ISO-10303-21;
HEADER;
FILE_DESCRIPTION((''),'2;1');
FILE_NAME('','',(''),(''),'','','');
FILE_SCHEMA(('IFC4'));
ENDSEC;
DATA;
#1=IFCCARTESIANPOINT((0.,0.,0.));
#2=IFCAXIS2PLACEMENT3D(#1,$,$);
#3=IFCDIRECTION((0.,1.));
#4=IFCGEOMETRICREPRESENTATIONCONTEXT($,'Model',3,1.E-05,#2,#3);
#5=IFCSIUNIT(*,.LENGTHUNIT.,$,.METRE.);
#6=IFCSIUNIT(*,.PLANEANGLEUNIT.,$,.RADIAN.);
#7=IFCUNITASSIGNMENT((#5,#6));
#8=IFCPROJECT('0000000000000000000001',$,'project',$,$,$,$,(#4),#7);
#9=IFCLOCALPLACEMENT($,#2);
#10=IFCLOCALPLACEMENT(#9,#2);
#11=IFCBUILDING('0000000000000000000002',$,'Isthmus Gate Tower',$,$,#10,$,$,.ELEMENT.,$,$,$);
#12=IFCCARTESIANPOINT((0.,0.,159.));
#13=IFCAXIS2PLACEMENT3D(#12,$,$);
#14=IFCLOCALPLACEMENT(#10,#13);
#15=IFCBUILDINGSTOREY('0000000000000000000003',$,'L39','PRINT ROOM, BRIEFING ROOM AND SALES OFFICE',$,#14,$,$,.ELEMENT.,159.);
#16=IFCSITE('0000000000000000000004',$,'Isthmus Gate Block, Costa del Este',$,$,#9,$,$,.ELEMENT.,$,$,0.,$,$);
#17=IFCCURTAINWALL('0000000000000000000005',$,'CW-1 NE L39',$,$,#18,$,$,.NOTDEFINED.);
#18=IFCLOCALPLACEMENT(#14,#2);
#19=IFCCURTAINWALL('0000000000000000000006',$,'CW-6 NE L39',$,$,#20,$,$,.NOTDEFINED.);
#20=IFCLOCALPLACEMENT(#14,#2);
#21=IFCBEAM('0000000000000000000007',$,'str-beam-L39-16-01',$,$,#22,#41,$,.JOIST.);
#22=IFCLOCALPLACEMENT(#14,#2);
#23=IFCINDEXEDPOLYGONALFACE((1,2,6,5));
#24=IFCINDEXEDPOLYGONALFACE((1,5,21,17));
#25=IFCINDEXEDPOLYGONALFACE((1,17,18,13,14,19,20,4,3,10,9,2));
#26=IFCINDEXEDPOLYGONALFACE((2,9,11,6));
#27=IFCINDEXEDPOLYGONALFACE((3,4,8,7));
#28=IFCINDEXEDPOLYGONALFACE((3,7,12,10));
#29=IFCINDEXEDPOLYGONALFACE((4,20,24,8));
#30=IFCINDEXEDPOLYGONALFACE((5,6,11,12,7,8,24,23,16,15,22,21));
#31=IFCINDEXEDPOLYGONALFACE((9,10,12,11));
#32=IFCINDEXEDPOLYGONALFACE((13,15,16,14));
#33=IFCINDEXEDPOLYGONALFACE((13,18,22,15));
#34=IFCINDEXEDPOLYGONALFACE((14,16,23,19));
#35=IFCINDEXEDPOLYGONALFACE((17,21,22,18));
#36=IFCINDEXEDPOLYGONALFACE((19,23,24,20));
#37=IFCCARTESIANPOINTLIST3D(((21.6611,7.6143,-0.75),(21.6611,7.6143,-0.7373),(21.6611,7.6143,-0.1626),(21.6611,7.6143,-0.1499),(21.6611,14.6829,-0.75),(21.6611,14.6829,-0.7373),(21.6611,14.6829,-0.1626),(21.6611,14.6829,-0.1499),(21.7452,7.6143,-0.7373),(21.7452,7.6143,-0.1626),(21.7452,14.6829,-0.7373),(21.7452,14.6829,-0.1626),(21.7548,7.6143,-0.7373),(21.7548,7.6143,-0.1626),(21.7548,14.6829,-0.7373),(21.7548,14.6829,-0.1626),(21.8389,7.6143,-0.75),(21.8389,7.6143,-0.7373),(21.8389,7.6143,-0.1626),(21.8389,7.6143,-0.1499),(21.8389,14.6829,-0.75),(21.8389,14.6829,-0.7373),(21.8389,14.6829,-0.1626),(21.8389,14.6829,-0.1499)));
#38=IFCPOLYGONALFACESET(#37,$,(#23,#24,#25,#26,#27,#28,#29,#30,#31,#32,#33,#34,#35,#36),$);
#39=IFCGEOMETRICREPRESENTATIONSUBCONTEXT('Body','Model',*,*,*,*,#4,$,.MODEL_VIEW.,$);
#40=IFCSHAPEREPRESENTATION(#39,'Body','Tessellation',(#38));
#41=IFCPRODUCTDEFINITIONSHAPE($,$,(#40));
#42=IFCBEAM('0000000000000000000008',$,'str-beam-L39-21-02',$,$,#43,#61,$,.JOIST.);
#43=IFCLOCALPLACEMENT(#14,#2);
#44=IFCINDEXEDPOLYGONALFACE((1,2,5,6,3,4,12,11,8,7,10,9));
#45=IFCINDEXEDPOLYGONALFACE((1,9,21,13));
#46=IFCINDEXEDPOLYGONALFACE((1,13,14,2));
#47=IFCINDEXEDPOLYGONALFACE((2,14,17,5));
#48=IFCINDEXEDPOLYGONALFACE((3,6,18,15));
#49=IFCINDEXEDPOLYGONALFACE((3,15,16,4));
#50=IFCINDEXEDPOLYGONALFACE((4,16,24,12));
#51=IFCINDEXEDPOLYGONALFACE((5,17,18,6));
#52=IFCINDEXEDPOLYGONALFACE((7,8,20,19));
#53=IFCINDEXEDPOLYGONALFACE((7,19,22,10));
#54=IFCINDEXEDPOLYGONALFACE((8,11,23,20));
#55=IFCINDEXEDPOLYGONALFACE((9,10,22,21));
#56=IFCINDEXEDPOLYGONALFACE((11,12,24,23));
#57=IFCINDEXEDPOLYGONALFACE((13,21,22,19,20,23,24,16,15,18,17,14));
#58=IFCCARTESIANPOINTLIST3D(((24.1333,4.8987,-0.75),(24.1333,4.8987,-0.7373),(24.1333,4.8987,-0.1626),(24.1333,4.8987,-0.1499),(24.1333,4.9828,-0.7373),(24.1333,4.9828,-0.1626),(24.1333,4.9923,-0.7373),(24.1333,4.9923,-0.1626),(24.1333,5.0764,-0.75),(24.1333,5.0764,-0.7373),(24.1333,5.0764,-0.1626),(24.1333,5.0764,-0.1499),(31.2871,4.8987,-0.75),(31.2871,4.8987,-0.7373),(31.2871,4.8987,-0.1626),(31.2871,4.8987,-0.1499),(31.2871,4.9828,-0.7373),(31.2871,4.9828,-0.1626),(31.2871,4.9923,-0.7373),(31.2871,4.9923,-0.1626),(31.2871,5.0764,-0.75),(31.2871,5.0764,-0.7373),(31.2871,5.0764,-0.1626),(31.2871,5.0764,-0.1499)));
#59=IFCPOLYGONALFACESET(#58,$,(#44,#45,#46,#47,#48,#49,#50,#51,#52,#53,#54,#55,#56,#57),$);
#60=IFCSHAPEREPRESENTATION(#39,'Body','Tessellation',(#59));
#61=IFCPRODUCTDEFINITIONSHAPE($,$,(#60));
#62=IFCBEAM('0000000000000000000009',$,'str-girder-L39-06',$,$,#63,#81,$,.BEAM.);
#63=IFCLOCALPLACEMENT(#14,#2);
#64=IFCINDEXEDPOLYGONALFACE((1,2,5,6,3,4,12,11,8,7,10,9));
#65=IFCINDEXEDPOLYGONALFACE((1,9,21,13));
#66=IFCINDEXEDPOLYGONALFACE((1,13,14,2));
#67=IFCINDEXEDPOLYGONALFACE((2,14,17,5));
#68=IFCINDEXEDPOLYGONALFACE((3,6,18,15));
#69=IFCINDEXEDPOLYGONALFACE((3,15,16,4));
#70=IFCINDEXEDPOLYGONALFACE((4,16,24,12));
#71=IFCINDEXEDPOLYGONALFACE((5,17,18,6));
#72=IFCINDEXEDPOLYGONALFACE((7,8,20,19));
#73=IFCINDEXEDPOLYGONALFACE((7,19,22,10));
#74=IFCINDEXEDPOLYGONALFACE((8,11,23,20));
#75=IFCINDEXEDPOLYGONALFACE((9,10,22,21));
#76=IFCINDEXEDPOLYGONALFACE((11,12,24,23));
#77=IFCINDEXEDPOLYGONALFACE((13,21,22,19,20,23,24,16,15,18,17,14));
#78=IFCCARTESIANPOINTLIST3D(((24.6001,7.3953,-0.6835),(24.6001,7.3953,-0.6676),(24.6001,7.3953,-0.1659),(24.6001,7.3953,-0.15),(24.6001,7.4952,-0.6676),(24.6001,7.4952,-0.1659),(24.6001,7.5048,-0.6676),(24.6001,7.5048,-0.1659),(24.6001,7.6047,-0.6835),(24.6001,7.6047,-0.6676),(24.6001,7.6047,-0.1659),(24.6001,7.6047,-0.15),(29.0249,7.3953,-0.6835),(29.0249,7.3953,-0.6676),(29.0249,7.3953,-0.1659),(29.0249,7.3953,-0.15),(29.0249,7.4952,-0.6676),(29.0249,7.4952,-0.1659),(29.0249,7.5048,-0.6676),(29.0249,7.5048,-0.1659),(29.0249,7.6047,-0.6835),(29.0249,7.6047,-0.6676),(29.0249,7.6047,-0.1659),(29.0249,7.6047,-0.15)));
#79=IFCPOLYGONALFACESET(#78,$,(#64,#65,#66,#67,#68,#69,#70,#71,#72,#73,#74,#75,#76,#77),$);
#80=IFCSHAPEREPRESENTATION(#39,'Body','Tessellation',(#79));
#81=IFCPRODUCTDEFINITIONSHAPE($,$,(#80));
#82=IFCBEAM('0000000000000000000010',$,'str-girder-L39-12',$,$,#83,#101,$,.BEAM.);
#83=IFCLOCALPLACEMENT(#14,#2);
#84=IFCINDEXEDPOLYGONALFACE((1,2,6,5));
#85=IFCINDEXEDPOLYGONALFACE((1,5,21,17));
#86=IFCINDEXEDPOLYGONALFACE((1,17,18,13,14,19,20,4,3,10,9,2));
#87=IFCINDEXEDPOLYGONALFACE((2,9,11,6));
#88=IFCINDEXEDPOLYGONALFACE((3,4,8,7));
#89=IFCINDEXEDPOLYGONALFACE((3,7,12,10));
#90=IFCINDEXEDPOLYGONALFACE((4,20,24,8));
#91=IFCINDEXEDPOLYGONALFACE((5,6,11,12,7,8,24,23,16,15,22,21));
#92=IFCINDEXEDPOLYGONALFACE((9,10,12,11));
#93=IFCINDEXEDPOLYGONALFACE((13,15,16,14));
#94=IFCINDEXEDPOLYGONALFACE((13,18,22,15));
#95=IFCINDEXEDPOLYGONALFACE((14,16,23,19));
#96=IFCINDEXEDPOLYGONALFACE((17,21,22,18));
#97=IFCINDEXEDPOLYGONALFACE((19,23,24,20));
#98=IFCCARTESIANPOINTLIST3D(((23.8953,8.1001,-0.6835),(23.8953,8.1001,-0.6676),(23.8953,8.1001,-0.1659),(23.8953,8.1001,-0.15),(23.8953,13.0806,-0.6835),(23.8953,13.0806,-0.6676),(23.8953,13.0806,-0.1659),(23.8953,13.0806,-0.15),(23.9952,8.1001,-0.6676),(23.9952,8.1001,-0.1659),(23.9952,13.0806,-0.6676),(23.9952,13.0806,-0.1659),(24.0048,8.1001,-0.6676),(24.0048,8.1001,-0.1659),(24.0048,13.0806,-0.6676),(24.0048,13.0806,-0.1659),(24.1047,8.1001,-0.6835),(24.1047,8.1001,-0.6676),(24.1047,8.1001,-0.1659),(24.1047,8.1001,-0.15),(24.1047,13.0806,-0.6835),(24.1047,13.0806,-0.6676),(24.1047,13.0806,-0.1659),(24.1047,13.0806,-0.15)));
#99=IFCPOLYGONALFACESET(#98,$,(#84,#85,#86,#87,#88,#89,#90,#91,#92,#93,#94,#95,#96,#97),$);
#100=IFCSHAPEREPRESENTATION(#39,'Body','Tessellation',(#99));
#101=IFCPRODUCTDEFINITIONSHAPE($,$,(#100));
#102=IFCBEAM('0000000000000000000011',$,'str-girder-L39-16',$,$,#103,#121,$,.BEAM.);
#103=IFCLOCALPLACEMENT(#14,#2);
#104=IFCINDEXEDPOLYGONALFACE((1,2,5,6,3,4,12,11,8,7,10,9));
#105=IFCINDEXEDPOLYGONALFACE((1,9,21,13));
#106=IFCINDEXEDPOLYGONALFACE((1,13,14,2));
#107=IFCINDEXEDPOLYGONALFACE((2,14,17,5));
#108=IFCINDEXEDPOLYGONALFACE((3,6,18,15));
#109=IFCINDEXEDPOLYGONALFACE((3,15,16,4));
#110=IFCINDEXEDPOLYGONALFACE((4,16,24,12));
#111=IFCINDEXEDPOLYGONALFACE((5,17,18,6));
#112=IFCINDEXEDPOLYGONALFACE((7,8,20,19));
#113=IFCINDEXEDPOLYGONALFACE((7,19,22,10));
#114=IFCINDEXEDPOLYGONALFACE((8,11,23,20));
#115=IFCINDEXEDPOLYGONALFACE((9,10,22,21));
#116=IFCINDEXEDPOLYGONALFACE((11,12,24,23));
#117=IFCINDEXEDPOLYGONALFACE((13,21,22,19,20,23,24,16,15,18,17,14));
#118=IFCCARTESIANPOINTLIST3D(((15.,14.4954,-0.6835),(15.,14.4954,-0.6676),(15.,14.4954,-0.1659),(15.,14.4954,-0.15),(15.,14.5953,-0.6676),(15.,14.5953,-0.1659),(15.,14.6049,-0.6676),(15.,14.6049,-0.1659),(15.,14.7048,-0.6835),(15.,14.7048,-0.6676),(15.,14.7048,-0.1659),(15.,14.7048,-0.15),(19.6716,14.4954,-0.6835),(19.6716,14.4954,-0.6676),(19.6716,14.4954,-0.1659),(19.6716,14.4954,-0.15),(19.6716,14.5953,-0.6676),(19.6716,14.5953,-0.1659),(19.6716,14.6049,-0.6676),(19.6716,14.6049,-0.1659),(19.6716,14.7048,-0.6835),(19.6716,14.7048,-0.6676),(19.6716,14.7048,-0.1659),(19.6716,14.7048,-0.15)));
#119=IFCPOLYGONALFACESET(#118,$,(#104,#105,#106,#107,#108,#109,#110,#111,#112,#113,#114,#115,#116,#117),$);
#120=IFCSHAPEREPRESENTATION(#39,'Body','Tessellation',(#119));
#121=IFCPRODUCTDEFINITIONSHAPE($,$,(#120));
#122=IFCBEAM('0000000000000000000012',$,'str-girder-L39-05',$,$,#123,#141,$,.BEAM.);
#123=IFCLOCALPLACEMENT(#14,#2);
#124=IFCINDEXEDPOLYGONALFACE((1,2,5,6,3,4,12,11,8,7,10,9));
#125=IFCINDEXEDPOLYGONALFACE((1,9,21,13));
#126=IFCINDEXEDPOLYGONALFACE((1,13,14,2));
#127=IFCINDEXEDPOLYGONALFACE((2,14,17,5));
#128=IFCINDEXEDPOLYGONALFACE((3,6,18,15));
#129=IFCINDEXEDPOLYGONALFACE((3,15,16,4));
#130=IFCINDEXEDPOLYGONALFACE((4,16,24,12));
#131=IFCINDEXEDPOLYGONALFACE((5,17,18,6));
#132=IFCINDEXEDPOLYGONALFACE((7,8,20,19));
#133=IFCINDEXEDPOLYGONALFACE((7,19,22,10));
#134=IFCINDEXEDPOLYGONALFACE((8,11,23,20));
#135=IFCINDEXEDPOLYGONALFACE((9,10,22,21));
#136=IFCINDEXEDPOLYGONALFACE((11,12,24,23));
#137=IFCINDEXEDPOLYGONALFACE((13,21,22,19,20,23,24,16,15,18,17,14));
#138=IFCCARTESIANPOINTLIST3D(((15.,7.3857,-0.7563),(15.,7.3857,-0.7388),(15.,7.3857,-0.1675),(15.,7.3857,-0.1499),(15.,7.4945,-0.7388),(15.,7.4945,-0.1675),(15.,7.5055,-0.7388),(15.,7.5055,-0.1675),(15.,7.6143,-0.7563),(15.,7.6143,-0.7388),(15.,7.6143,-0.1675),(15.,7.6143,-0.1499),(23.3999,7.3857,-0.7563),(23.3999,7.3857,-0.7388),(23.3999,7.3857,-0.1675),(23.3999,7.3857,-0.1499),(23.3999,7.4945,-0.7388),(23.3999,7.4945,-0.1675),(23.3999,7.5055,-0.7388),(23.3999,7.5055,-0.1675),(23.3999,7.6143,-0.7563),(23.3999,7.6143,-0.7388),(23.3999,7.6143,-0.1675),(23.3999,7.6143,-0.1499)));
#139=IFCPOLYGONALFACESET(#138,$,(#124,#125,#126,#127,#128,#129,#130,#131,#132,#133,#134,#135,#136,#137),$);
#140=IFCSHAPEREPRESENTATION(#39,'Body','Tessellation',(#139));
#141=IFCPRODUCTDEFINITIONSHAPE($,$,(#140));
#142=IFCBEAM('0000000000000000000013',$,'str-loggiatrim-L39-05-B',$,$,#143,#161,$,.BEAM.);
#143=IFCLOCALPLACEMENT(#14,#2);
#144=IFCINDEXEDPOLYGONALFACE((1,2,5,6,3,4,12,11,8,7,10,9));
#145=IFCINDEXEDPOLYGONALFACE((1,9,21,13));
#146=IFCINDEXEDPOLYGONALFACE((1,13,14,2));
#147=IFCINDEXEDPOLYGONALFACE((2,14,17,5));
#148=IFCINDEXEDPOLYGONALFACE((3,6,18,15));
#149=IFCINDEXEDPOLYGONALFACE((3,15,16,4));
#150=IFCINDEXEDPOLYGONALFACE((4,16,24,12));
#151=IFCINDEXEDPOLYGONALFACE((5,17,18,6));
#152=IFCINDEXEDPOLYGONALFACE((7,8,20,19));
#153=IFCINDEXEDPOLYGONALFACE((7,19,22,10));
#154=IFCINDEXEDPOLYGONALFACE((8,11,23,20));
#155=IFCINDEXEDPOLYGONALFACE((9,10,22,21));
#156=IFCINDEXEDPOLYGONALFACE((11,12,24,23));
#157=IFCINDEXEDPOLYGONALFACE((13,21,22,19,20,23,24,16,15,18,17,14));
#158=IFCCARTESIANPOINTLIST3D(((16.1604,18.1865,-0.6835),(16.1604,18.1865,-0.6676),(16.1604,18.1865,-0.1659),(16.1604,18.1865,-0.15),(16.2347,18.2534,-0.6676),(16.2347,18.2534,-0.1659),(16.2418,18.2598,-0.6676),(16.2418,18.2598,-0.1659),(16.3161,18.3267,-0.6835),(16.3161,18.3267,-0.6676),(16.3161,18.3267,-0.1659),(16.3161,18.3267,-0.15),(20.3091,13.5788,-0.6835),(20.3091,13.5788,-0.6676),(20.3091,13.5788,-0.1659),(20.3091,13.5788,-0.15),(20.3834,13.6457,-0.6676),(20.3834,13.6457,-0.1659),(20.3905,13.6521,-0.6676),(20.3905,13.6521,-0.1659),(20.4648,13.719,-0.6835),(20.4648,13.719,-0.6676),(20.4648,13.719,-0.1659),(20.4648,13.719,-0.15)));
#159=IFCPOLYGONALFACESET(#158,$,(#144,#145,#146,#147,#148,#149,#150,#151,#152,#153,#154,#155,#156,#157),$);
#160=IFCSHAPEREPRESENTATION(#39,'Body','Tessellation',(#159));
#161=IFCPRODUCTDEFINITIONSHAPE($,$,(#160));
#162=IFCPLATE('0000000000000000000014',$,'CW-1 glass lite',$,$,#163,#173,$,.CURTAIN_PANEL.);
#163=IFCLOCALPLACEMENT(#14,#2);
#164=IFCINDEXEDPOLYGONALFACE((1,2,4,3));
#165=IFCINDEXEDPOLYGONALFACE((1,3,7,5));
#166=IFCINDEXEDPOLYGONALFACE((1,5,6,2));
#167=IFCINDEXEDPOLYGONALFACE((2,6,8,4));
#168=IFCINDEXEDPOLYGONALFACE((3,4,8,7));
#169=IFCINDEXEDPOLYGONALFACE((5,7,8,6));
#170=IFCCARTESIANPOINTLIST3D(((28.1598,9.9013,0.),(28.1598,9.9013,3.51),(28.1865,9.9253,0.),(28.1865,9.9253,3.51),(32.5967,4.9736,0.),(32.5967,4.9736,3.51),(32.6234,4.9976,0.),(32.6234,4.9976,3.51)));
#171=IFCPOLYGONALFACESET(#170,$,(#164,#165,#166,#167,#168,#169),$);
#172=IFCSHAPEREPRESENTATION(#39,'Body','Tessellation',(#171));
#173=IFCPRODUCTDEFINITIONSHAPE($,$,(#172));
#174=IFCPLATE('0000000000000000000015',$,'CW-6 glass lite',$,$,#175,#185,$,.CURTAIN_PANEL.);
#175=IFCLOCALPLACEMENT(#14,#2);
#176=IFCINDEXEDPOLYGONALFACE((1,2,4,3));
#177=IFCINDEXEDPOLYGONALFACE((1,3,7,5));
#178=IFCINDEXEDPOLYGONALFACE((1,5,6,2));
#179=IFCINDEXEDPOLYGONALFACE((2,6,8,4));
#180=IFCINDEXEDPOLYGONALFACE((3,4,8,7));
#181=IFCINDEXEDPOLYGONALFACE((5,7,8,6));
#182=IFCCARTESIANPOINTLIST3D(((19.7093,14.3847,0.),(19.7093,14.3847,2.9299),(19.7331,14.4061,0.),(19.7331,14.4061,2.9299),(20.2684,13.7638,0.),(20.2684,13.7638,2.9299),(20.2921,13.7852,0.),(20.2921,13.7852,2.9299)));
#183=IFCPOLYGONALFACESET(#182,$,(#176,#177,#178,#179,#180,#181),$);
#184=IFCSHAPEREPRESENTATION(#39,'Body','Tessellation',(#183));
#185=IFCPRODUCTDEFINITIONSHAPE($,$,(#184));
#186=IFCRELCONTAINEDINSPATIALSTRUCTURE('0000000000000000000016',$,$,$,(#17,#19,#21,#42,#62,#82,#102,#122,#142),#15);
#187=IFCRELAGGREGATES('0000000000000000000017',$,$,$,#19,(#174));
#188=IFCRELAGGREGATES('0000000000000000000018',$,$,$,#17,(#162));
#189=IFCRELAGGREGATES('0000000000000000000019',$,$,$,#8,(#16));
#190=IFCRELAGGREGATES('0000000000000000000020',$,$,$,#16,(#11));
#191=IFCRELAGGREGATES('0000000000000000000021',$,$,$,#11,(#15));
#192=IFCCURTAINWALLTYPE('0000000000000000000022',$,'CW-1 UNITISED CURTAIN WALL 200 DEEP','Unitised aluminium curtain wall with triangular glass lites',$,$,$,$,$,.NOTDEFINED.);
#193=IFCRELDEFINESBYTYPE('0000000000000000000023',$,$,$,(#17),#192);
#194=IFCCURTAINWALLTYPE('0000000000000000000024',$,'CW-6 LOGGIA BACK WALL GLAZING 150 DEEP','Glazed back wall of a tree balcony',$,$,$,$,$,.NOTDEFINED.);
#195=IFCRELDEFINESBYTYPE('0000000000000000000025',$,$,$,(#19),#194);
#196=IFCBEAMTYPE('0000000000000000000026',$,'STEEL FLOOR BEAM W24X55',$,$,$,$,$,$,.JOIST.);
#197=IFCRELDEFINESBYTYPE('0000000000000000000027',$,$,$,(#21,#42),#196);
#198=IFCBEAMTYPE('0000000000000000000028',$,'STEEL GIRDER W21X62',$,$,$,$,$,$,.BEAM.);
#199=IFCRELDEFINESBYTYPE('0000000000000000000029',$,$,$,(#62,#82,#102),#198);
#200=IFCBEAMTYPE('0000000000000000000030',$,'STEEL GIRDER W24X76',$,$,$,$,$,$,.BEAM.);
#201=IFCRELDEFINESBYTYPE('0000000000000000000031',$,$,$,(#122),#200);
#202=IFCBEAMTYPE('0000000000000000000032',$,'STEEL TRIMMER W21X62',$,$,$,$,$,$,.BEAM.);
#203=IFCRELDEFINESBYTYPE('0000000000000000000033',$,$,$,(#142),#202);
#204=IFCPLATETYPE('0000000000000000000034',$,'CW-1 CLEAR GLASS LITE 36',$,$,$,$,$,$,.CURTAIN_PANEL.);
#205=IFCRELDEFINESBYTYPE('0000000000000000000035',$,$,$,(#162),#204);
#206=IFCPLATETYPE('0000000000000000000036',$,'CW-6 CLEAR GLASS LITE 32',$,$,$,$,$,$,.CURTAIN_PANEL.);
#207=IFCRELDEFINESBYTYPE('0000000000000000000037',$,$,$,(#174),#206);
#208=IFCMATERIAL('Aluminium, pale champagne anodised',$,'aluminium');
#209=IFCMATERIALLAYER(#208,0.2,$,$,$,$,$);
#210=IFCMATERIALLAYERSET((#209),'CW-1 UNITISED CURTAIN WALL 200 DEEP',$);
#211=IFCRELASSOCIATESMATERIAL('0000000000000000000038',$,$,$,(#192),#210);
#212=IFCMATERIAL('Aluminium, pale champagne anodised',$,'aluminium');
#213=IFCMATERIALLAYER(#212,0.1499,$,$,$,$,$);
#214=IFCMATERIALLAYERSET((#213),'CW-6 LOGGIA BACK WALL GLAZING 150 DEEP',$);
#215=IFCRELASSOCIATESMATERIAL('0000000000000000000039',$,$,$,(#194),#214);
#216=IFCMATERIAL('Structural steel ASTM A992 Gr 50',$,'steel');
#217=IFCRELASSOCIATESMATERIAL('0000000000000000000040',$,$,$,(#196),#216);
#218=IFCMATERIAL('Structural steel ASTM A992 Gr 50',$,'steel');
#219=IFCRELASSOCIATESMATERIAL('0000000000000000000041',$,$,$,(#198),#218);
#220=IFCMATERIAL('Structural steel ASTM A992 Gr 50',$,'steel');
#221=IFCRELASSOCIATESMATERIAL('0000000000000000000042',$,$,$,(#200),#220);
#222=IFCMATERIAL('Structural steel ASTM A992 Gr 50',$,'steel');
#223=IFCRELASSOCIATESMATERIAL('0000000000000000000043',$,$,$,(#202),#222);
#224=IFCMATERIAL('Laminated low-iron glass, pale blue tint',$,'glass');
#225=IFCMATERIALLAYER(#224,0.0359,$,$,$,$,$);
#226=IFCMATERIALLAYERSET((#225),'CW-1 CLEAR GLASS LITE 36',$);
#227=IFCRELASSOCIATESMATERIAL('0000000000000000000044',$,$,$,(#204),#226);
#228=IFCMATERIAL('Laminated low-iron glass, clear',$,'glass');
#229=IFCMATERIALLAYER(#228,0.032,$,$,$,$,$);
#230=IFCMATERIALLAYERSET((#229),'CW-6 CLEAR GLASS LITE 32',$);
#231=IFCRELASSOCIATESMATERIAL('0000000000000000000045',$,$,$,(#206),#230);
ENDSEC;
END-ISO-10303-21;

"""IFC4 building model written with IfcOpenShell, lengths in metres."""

from ifc_helpers import new_model, si_unit, direction, frame, origin, origin_2d, place, context, subcontext, project, spatial, rectangle, i_section, extrude, material, layer, layer_set, material_profile, profile_set, type_object, element, aggregate, save


model = new_model("IFC4")

# Units and contexts
model_context = context("Model", 3, precision=1e-05, world=origin(), true_north=direction((0.0, 1.0)))
body_context = subcontext(model_context, "Body", "Model", "MODEL_VIEW")
ifc_project = project(units=[si_unit("LENGTHUNIT", "METRE"), si_unit("PLANEANGLEUNIT", "RADIAN")], contexts=[model_context])

# Site, building, storey
site_placement = place(None, origin())
site = spatial("IfcSite", under=ifc_project, at=site_placement, Name="Isthmus Gate Block, Costa del Este", CompositionType="ELEMENT", RefElevation=0.0)
building_placement = place(site_placement, origin())
building = spatial("IfcBuilding", under=site, at=building_placement, Name="Isthmus Gate Tower", CompositionType="ELEMENT")
storey_placement = place(building_placement, frame((0.0, 0.0, 159.0)))
storey = spatial("IfcBuildingStorey", under=building, at=storey_placement, Name="L39", Description="PRINT ROOM, BRIEFING ROOM AND SALES OFFICE", CompositionType="ELEMENT", Elevation=159.0)

# Curtain walls
ifc_material_1 = material(Name="Aluminium, pale champagne anodised", Category="aluminium")
ifc_layer_1 = layer(ifc_material_1, 0.2)
ifc_layer_set_1 = layer_set([ifc_layer_1], Name="CW-1 UNITISED CURTAIN WALL 200 DEEP")
curtain_wall_type_1 = type_object("IfcCurtainWallType", Name="CW-1 UNITISED CURTAIN WALL 200 DEEP", Description="Unitised aluminium curtain wall with triangular glass lites", PredefinedType="NOTDEFINED", material=ifc_layer_set_1)
curtain_wall_1_placement = place(storey_placement, origin())
curtain_wall_1 = element("IfcCurtainWall", 1, at=curtain_wall_1_placement, inside=storey, type_object=curtain_wall_type_1, Name="CW-1 NE L39", PredefinedType="NOTDEFINED")
ifc_material_2 = material(Name="Aluminium, pale champagne anodised", Category="aluminium")
ifc_layer_2 = layer(ifc_material_2, 0.1499)
ifc_layer_set_2 = layer_set([ifc_layer_2], Name="CW-6 LOGGIA BACK WALL GLAZING 150 DEEP")
curtain_wall_type_2 = type_object("IfcCurtainWallType", Name="CW-6 LOGGIA BACK WALL GLAZING 150 DEEP", Description="Glazed back wall of a tree balcony", PredefinedType="NOTDEFINED", material=ifc_layer_set_2)
curtain_wall_2_placement = place(storey_placement, origin())
curtain_wall_2 = element("IfcCurtainWall", 2, at=curtain_wall_2_placement, inside=storey, type_object=curtain_wall_type_2, Name="CW-6 NE L39", PredefinedType="NOTDEFINED")

# Beams
ifc_material_3 = material(Name="Structural steel ASTM A992 Gr 50", Category="steel")
ifc_material_profile_1 = material_profile(ifc_material_3, i_section(OverallWidth=0.1777, OverallDepth=0.6001, WebThickness=0.0095, FlangeThickness=0.0127, at=origin_2d()), Name="W24X55")
ifc_profile_set_1 = profile_set([ifc_material_profile_1], Name="Structural steel ASTM A992 Gr 50")
beam_type_1 = type_object("IfcBeamType", Name="STEEL FLOOR BEAM W24X55", PredefinedType="JOIST", material=ifc_profile_set_1)
beam_1_placement = place(storey_placement, frame((21.75, 7.6143, -0.45), z_axis=(0.0, 1.0, 0.0), x_axis=(-1.0, 0.0, 0.0)))
element("IfcBeam", 3, at=beam_1_placement, inside=storey, type_object=beam_type_1, Name="str-beam-L39-16-01", PredefinedType="JOIST", context=body_context, shape_type="SweptSolid", body=[
    extrude(i_section(OverallWidth=0.1777, OverallDepth=0.6001, WebThickness=0.0095, FlangeThickness=0.0127, at=origin_2d()), origin(), (0.0, 0.0, 1.0), 7.0686),
])
beam_2_placement = place(storey_placement, frame((24.1333, 4.9875, -0.45), z_axis=(1.0, 0.0, 0.0), x_axis=(0.0, 1.0, 0.0)))
element("IfcBeam", 4, at=beam_2_placement, inside=storey, type_object=beam_type_1, Name="str-beam-L39-21-02", PredefinedType="JOIST", context=body_context, shape_type="SweptSolid", body=[
    extrude(i_section(OverallWidth=0.1777, OverallDepth=0.6001, WebThickness=0.0095, FlangeThickness=0.0127, at=origin_2d()), origin(), (0.0, 0.0, 1.0), 7.1538),
])
ifc_material_4 = material(Name="Structural steel ASTM A992 Gr 50", Category="steel")
ifc_material_profile_2 = material_profile(ifc_material_4, i_section(OverallWidth=0.2095, OverallDepth=0.5334, WebThickness=0.0095, FlangeThickness=0.0159, at=origin_2d()), Name="W21X62")
ifc_profile_set_2 = profile_set([ifc_material_profile_2], Name="Structural steel ASTM A992 Gr 50")
beam_type_2 = type_object("IfcBeamType", Name="STEEL GIRDER W21X62", PredefinedType="BEAM", material=ifc_profile_set_2)
beam_3_placement = place(storey_placement, frame((24.6001, 7.5, -0.4167), z_axis=(1.0, 0.0, 0.0), x_axis=(0.0, 1.0, 0.0)))
element("IfcBeam", 5, at=beam_3_placement, inside=storey, type_object=beam_type_2, Name="str-girder-L39-06", PredefinedType="BEAM", context=body_context, shape_type="SweptSolid", body=[
    extrude(i_section(OverallWidth=0.2095, OverallDepth=0.5334, WebThickness=0.0095, FlangeThickness=0.0159, at=origin_2d()), origin(), (0.0, 0.0, 1.0), 4.4248),
])
beam_4_placement = place(storey_placement, frame((24.0, 8.1001, -0.4167), z_axis=(0.0, 1.0, 0.0), x_axis=(-1.0, 0.0, 0.0)))
element("IfcBeam", 6, at=beam_4_placement, inside=storey, type_object=beam_type_2, Name="str-girder-L39-12", PredefinedType="BEAM", context=body_context, shape_type="SweptSolid", body=[
    extrude(i_section(OverallWidth=0.2095, OverallDepth=0.5334, WebThickness=0.0095, FlangeThickness=0.0159, at=origin_2d()), origin(), (0.0, 0.0, 1.0), 4.9805),
])
beam_5_placement = place(storey_placement, frame((15.0, 14.6001, -0.4167), z_axis=(1.0, 0.0, 0.0), x_axis=(0.0, 1.0, 0.0)))
element("IfcBeam", 7, at=beam_5_placement, inside=storey, type_object=beam_type_2, Name="str-girder-L39-16", PredefinedType="BEAM", context=body_context, shape_type="SweptSolid", body=[
    extrude(i_section(OverallWidth=0.2095, OverallDepth=0.5334, WebThickness=0.0095, FlangeThickness=0.0159, at=origin_2d()), origin(), (0.0, 0.0, 1.0), 4.6716),
])
ifc_material_5 = material(Name="Structural steel ASTM A992 Gr 50", Category="steel")
ifc_material_profile_3 = material_profile(ifc_material_5, i_section(OverallWidth=0.2285, OverallDepth=0.6064, WebThickness=0.011, FlangeThickness=0.0176, at=origin_2d()), Name="W24X76")
ifc_profile_set_3 = profile_set([ifc_material_profile_3], Name="Structural steel ASTM A992 Gr 50")
beam_type_3 = type_object("IfcBeamType", Name="STEEL GIRDER W24X76", PredefinedType="BEAM", material=ifc_profile_set_3)
beam_6_placement = place(storey_placement, frame((15.0, 7.5, -0.4531), z_axis=(1.0, 0.0, 0.0), x_axis=(0.0, 1.0, 0.0)))
element("IfcBeam", 8, at=beam_6_placement, inside=storey, type_object=beam_type_3, Name="str-girder-L39-05", PredefinedType="BEAM", context=body_context, shape_type="SweptSolid", body=[
    extrude(i_section(OverallWidth=0.2285, OverallDepth=0.6064, WebThickness=0.011, FlangeThickness=0.0176, at=origin_2d()), origin(), (0.0, 0.0, 1.0), 8.3999),
])
ifc_material_6 = material(Name="Structural steel ASTM A992 Gr 50", Category="steel")
ifc_material_profile_4 = material_profile(ifc_material_6, i_section(OverallWidth=0.2095, OverallDepth=0.5334, WebThickness=0.0095, FlangeThickness=0.0159, at=origin_2d()), Name="W21X62")
ifc_profile_set_4 = profile_set([ifc_material_profile_4], Name="Structural steel ASTM A992 Gr 50")
beam_type_4 = type_object("IfcBeamType", Name="STEEL TRIMMER W21X62", PredefinedType="BEAM", material=ifc_profile_set_4)
beam_7_placement = place(storey_placement, frame((20.387, 13.6489, -0.4167), z_axis=(-0.669124, 0.743151, 0.0), x_axis=(-0.743151, -0.669124, 0.0)))
element("IfcBeam", 9, at=beam_7_placement, inside=storey, type_object=beam_type_4, Name="str-loggiatrim-L39-05-B", PredefinedType="BEAM", context=body_context, shape_type="SweptSolid", body=[
    extrude(i_section(OverallWidth=0.2095, OverallDepth=0.5334, WebThickness=0.0095, FlangeThickness=0.0159, at=origin_2d()), origin(), (0.0, 0.0, 1.0), 6.2002),
])

# Plates
ifc_material_7 = material(Name="Laminated low-iron glass, pale blue tint", Category="glass")
ifc_layer_3 = layer(ifc_material_7, 0.0359)
ifc_layer_set_3 = layer_set([ifc_layer_3], Name="CW-1 CLEAR GLASS LITE 36")
plate_type_1 = type_object("IfcPlateType", Name="CW-1 CLEAR GLASS LITE 36", PredefinedType="CURTAIN_PANEL", material=ifc_layer_set_3)
plate_1_placement = place(storey_placement, frame((30.3916, 7.4495, 0.0), z_axis=(0.0, 0.0, 1.0), x_axis=(-0.669131, 0.743145, 0.0)))
plate_1 = element("IfcPlate", 10, at=plate_1_placement, type_object=plate_type_1, Name="CW-1 glass lite", PredefinedType="CURTAIN_PANEL", context=body_context, shape_type="SweptSolid", body=[
    extrude(rectangle(XDim=6.6309, YDim=0.0359, at=origin_2d()), origin(), (0.0, 0.0, 1.0), 3.51),
])
ifc_material_8 = material(Name="Laminated low-iron glass, clear", Category="glass")
ifc_layer_4 = layer(ifc_material_8, 0.032)
ifc_layer_set_4 = layer_set([ifc_layer_4], Name="CW-6 CLEAR GLASS LITE 32")
plate_type_2 = type_object("IfcPlateType", Name="CW-6 CLEAR GLASS LITE 32", PredefinedType="CURTAIN_PANEL", material=ifc_layer_set_4)
plate_2_placement = place(storey_placement, frame((20.0007, 14.085, 0.0), z_axis=(0.0, 0.0, 1.0), x_axis=(-0.669131, 0.743145, 0.0)))
plate_2 = element("IfcPlate", 11, at=plate_2_placement, type_object=plate_type_2, Name="CW-6 glass lite", PredefinedType="CURTAIN_PANEL", context=body_context, shape_type="SweptSolid", body=[
    extrude(rectangle(XDim=0.8354, YDim=0.032, at=origin_2d()), origin(), (0.0, 0.0, 1.0), 2.9299),
])
aggregate(curtain_wall_2, [plate_2])

aggregate(curtain_wall_1, [plate_1])

save(model, "model.ifc")
